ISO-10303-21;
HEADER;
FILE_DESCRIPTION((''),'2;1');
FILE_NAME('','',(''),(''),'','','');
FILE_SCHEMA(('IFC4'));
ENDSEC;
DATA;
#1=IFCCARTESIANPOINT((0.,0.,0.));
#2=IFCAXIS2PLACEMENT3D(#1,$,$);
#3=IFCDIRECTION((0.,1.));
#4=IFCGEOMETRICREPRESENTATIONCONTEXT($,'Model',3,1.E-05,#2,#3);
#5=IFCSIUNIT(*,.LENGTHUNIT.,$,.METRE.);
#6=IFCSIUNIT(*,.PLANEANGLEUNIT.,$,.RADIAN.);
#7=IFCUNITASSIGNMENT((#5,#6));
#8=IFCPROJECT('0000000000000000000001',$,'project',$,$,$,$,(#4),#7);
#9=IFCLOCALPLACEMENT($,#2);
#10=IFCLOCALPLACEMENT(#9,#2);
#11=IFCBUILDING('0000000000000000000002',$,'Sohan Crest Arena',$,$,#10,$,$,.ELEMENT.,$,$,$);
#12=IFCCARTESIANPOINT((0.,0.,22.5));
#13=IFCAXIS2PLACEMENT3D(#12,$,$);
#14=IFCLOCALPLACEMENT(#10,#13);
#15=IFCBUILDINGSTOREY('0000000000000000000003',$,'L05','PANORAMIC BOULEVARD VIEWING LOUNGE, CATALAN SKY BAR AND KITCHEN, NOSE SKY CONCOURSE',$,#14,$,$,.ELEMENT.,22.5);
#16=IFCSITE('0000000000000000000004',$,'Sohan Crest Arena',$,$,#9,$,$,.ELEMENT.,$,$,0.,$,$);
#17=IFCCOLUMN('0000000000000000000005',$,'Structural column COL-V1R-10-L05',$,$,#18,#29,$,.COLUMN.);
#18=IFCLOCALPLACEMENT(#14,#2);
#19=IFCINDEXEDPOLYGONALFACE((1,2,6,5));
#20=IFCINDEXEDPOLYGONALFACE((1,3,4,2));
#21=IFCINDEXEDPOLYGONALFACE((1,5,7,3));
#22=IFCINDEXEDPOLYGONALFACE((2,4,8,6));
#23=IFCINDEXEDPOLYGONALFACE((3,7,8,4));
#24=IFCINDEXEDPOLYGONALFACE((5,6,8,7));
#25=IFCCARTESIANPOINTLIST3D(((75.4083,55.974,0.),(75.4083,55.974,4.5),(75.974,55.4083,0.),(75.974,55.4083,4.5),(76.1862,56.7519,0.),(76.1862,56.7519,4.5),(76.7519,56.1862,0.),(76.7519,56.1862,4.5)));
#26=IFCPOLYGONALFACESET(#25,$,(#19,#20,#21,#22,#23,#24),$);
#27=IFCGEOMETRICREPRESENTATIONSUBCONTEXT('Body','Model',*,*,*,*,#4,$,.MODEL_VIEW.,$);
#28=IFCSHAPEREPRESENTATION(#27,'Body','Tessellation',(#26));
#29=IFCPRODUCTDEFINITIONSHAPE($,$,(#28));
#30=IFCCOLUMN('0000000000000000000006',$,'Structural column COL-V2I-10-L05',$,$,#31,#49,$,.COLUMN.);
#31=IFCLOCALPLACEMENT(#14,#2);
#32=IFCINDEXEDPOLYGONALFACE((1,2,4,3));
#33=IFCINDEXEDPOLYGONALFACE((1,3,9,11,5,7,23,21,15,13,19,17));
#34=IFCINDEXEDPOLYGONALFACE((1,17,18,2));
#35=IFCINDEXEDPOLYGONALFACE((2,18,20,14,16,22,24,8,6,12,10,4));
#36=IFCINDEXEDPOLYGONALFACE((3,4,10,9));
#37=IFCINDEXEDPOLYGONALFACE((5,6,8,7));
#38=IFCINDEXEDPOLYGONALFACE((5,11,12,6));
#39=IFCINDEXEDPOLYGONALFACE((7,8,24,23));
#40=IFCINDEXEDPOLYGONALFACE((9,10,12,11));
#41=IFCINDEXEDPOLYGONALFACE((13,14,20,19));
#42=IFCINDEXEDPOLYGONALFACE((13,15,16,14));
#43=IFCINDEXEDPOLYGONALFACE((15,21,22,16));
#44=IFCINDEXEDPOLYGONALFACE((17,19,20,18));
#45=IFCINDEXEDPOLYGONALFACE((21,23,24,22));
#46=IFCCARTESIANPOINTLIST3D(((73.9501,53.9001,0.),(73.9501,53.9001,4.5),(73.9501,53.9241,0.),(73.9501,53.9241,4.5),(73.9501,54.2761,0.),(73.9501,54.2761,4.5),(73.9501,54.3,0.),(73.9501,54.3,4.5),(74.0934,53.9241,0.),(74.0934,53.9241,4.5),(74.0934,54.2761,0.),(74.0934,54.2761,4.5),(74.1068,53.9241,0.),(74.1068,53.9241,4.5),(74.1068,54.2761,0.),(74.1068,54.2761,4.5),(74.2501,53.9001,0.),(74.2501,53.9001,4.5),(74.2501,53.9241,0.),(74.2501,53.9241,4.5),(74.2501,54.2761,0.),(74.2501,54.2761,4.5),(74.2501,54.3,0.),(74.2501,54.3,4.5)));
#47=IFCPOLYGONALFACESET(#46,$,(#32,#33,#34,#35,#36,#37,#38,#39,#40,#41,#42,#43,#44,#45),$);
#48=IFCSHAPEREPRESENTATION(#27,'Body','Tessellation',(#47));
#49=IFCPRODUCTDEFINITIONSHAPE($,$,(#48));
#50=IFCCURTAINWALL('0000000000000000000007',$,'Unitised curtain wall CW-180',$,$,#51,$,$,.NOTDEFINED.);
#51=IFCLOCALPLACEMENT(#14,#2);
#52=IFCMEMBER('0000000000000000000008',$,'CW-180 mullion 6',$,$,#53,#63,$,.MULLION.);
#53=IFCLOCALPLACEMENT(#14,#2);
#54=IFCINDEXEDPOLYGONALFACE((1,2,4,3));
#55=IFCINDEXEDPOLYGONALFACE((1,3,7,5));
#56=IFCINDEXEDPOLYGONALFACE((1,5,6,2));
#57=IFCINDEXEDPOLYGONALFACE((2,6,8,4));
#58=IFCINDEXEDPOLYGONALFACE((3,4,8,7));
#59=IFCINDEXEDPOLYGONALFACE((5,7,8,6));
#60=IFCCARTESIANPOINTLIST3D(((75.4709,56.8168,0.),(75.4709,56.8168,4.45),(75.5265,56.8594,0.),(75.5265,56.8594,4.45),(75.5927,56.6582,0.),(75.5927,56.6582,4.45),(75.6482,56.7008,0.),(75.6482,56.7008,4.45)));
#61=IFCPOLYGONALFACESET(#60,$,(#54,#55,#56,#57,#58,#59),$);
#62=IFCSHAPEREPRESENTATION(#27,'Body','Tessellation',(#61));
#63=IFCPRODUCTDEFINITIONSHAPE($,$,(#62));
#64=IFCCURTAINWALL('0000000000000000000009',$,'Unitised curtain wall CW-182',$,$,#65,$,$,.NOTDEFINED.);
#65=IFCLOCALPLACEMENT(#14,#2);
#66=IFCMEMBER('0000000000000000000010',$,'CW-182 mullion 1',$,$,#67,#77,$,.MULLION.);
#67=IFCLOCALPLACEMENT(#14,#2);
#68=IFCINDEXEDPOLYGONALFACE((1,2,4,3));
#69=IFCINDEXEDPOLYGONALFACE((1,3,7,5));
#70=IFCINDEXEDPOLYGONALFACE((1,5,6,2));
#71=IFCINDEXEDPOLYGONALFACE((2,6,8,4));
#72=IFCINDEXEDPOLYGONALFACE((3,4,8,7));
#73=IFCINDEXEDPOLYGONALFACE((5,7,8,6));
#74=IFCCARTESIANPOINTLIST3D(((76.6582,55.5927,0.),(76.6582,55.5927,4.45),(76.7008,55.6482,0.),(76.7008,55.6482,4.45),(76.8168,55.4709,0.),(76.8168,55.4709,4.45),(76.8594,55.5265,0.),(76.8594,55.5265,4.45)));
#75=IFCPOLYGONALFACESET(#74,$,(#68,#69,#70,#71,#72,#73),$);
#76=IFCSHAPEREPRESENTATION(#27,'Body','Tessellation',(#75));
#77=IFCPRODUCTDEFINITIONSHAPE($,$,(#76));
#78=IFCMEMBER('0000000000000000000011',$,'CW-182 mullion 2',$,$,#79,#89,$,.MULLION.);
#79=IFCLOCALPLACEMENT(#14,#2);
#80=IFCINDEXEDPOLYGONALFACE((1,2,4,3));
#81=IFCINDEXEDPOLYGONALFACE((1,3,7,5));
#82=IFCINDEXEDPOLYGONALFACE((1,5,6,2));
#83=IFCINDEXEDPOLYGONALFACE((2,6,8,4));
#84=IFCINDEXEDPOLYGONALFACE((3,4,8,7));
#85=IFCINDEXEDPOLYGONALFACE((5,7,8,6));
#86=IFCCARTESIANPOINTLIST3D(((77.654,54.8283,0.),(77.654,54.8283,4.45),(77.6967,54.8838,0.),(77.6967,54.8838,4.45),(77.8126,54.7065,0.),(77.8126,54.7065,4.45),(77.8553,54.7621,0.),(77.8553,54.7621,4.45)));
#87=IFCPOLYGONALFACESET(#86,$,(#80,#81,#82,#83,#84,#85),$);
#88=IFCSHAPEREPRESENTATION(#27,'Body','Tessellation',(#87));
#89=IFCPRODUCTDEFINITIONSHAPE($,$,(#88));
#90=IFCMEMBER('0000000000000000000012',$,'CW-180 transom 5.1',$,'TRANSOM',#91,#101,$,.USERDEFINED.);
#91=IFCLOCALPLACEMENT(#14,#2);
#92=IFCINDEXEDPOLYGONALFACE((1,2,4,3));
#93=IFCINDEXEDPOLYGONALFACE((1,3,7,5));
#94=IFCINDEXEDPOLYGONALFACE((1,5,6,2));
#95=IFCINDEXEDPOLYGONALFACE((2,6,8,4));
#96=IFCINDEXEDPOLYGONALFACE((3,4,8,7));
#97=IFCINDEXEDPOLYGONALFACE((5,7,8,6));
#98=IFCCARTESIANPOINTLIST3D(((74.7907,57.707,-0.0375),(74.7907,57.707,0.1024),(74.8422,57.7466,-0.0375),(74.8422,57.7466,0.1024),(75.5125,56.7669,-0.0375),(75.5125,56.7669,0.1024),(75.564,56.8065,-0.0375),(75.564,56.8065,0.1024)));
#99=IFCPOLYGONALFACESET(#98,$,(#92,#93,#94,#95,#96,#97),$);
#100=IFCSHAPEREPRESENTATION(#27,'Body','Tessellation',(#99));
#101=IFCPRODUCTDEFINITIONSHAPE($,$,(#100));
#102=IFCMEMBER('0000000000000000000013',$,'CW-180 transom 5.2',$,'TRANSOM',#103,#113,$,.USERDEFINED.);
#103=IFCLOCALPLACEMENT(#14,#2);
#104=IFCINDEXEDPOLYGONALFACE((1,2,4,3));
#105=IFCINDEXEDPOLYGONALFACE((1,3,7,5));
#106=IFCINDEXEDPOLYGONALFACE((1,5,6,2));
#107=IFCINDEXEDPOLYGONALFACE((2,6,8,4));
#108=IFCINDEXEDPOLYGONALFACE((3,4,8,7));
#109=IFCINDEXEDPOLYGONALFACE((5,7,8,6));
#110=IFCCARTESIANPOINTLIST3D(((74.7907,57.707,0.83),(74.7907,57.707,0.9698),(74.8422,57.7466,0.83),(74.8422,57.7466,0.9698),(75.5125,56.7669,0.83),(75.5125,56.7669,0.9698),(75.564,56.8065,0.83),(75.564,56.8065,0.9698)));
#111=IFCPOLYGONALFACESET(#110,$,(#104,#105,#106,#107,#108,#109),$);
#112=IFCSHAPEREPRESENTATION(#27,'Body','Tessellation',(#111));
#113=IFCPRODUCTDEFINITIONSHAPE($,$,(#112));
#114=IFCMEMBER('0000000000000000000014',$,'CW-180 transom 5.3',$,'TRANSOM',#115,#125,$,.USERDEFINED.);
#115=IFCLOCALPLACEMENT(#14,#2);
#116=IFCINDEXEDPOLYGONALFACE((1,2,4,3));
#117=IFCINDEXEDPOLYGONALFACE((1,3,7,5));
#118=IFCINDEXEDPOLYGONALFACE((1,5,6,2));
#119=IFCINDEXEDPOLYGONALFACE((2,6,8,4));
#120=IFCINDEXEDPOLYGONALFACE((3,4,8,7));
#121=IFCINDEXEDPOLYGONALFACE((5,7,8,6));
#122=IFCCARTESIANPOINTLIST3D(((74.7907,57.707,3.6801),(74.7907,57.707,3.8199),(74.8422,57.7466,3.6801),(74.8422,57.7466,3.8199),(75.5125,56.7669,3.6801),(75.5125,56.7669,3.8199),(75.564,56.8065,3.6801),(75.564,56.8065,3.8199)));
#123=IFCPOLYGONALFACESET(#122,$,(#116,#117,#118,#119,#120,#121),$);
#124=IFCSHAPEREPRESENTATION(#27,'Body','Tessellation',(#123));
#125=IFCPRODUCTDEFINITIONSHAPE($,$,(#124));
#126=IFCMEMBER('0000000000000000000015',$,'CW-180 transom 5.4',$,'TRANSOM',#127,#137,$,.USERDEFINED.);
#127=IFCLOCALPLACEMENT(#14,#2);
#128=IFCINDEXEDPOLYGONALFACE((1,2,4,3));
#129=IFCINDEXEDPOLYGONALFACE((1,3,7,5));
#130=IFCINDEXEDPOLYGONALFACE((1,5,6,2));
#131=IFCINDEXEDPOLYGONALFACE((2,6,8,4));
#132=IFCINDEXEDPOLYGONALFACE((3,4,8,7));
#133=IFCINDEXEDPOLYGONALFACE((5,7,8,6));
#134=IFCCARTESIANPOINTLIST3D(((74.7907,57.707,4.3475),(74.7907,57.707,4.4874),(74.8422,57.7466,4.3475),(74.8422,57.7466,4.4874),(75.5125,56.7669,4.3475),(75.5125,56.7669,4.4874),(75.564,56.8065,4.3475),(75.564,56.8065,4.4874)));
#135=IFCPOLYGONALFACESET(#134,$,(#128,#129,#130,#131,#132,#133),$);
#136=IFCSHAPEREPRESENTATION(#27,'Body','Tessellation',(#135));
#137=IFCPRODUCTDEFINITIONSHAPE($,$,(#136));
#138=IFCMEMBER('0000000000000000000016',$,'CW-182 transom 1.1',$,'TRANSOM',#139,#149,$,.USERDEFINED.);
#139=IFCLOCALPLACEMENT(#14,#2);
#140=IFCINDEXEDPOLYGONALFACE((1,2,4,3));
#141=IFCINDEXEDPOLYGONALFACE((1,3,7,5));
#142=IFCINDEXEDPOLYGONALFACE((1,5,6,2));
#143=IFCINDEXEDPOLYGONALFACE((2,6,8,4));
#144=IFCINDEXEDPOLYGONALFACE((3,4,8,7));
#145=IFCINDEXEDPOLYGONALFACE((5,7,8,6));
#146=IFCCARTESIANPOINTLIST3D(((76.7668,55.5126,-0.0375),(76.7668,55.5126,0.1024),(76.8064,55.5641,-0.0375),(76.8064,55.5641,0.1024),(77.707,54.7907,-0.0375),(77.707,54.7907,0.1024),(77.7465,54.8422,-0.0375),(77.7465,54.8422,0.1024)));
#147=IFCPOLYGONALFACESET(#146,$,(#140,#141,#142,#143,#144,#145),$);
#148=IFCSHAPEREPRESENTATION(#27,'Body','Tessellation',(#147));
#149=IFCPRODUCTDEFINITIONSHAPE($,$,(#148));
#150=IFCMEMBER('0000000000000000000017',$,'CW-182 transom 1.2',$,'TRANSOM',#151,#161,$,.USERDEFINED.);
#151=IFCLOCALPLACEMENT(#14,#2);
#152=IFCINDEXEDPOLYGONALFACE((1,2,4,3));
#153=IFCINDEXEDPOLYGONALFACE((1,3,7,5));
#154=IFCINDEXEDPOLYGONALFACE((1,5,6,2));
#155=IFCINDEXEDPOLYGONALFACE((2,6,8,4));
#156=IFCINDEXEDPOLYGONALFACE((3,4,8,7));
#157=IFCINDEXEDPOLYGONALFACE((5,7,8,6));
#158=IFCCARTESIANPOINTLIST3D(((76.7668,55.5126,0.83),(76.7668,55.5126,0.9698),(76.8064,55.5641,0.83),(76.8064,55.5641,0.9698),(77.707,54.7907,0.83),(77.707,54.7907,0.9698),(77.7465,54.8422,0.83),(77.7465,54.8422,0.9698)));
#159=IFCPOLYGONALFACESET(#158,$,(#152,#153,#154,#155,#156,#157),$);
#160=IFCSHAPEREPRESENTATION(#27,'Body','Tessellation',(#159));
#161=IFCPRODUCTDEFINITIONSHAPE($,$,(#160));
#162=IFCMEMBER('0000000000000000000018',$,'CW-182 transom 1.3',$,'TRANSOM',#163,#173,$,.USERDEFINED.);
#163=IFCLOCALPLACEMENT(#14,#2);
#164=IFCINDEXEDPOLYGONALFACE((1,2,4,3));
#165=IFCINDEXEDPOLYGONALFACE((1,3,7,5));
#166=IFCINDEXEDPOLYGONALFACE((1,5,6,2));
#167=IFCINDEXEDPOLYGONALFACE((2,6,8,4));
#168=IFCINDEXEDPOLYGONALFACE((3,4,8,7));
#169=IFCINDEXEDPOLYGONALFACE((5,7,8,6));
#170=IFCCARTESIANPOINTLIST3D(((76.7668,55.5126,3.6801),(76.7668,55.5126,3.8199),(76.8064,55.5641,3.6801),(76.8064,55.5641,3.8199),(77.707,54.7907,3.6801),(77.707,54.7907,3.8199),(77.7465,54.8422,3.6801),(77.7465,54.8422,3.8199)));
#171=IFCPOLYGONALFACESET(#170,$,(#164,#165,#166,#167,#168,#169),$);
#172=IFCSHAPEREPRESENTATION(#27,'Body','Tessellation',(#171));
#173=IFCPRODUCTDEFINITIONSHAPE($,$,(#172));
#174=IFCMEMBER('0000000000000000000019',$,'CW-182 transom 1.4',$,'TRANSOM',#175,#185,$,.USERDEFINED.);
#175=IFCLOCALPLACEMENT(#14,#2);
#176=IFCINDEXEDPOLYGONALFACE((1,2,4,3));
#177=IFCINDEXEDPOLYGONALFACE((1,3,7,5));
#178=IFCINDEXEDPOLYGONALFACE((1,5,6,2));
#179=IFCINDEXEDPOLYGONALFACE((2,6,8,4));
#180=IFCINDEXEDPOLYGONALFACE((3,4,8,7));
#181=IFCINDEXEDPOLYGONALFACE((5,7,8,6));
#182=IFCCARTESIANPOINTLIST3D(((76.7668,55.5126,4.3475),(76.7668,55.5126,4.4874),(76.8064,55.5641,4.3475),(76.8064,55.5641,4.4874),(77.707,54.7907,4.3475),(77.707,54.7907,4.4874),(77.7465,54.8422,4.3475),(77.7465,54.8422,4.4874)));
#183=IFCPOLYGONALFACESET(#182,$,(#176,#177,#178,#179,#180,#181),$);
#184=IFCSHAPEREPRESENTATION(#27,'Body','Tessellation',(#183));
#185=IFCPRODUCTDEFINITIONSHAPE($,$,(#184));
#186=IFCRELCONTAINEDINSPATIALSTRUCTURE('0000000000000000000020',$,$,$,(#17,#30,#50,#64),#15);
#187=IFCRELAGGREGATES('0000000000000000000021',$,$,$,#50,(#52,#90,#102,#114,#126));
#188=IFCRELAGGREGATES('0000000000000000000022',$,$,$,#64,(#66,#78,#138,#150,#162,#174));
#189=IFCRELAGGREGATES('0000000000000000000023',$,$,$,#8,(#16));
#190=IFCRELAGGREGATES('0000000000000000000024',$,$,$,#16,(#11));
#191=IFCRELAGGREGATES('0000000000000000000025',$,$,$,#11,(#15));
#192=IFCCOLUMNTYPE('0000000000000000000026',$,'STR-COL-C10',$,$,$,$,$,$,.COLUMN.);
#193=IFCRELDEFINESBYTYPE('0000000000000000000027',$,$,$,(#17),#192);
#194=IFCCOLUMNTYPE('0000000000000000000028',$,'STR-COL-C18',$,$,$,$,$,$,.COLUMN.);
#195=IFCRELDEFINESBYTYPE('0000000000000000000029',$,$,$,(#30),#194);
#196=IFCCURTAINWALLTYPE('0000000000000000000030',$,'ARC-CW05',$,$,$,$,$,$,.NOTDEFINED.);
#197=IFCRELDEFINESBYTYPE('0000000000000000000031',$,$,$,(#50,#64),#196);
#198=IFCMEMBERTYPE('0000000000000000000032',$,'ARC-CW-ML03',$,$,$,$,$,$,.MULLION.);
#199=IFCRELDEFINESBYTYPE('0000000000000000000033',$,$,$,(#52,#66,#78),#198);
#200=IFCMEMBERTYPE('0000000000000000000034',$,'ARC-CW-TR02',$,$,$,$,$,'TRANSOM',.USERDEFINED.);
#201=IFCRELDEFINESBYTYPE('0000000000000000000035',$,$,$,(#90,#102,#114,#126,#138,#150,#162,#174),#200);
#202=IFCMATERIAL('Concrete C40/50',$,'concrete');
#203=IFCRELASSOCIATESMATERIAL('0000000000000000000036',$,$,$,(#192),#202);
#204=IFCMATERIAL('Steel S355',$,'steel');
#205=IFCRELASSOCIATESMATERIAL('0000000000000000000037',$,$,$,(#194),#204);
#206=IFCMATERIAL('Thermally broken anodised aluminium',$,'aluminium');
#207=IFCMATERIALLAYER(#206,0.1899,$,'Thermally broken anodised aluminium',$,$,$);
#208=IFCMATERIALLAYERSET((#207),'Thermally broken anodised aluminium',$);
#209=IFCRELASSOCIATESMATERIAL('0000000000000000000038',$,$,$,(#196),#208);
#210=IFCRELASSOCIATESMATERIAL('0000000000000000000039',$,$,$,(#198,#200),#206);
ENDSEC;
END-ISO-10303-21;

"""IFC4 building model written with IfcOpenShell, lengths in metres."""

from ifc_helpers import new_model, si_unit, direction, frame, origin, origin_2d, place, context, subcontext, project, spatial, rectangle, i_section, extrude, material, layer, layer_set, material_profile, profile_set, type_object, element, aggregate, save


model = new_model("IFC4")

# Units and contexts
model_context = context("Model", 3, precision=1e-05, world=origin(), true_north=direction((0.0, 1.0)))
body_context = subcontext(model_context, "Body", "Model", "MODEL_VIEW")
ifc_project = project(units=[si_unit("LENGTHUNIT", "METRE"), si_unit("PLANEANGLEUNIT", "RADIAN")], contexts=[model_context])

# Site, building, storey
site_placement = place(None, origin())
site = spatial("IfcSite", under=ifc_project, at=site_placement, Name="Sohan Crest Arena", CompositionType="ELEMENT", RefElevation=0.0)
building_placement = place(site_placement, origin())
building = spatial("IfcBuilding", under=site, at=building_placement, Name="Sohan Crest Arena", CompositionType="ELEMENT")
storey_placement = place(building_placement, frame((0.0, 0.0, 22.5)))
storey = spatial("IfcBuildingStorey", under=building, at=storey_placement, Name="L05", Description="PANORAMIC BOULEVARD VIEWING LOUNGE, CATALAN SKY BAR AND KITCHEN, NOSE SKY CONCOURSE", CompositionType="ELEMENT", Elevation=22.5)

# Columns
ifc_material_1 = material(Name="Concrete C40/50", Category="concrete")
ifc_material_profile_1 = material_profile(ifc_material_1, rectangle(XDim=1.1001, YDim=0.8, at=origin_2d()), Name="RC 1100x800")
ifc_profile_set_1 = profile_set([ifc_material_profile_1], Name="Concrete C40/50")
column_type_1 = type_object("IfcColumnType", Name="STR-COL-C10", PredefinedType="COLUMN", material=ifc_profile_set_1)
column_1_placement = place(storey_placement, frame((76.0801, 56.0801, 0.0), z_axis=(0.0, 0.0, 1.0), x_axis=(0.707107, 0.707107, 0.0)))
element("IfcColumn", 1, at=column_1_placement, inside=storey, type_object=column_type_1, Name="Structural column COL-V1R-10-L05", PredefinedType="COLUMN", context=body_context, shape_type="SweptSolid", body=[
    extrude(rectangle(XDim=1.1001, YDim=0.8, at=origin_2d()), origin(), (0.0, 0.0, 1.0), 4.5),
])
ifc_material_2 = material(Name="Steel S355", Category="steel")
ifc_material_profile_2 = material_profile(ifc_material_2, i_section(OverallWidth=0.3, OverallDepth=0.3999, WebThickness=0.0134, FlangeThickness=0.0239, at=origin_2d()), Name="HEB 400")
ifc_profile_set_2 = profile_set([ifc_material_profile_2], Name="Steel S355")
column_type_2 = type_object("IfcColumnType", Name="STR-COL-C18", PredefinedType="COLUMN", material=ifc_profile_set_2)
column_2_placement = place(storey_placement, frame((74.1001, 54.1001, 0.0), z_axis=(0.0, 0.0, 1.0), x_axis=(1.0, 0.0, 0.0)))
element("IfcColumn", 2, at=column_2_placement, inside=storey, type_object=column_type_2, Name="Structural column COL-V2I-10-L05", PredefinedType="COLUMN", context=body_context, shape_type="SweptSolid", body=[
    extrude(i_section(OverallWidth=0.3, OverallDepth=0.3999, WebThickness=0.0134, FlangeThickness=0.0239, at=origin_2d()), origin(), (0.0, 0.0, 1.0), 4.5),
])

# Curtain wall, member
ifc_material_3 = material(Name="Thermally broken anodised aluminium", Category="aluminium")
ifc_layer_1 = layer(ifc_material_3, 0.1899, Name="Thermally broken anodised aluminium")
ifc_layer_set_1 = layer_set([ifc_layer_1], Name="Thermally broken anodised aluminium")
curtain_wall_type = type_object("IfcCurtainWallType", Name="ARC-CW05", PredefinedType="NOTDEFINED", material=ifc_layer_set_1)
curtain_wall_1_placement = place(storey_placement, origin())
curtain_wall_1 = element("IfcCurtainWall", 3, at=curtain_wall_1_placement, inside=storey, type_object=curtain_wall_type, Name="Unitised curtain wall CW-180", PredefinedType="NOTDEFINED")
ifc_material_profile_3 = material_profile(ifc_material_3, rectangle(XDim=0.0701, YDim=0.2, at=origin_2d()), Name="ALU-MULL 70x200")
ifc_profile_set_3 = profile_set([ifc_material_profile_3], Name="Thermally broken anodised aluminium")
member_type_1 = type_object("IfcMemberType", Name="ARC-CW-ML03", PredefinedType="MULLION", material=ifc_profile_set_3)
member_1_placement = place(storey_placement, frame((75.5596, 56.7588, 0.0), z_axis=(0.0, 0.0, 1.0), x_axis=(0.793217, 0.608939, 0.0)))
member_1 = element("IfcMember", 4, at=member_1_placement, type_object=member_type_1, Name="CW-180 mullion 6", PredefinedType="MULLION", context=body_context, shape_type="SweptSolid", body=[
    extrude(rectangle(XDim=0.0701, YDim=0.2, at=origin_2d()), origin(), (0.0, 0.0, 1.0), 4.45),
])

# Curtain wall, members
curtain_wall_2_placement = place(storey_placement, origin())
curtain_wall_2 = element("IfcCurtainWall", 5, at=curtain_wall_2_placement, inside=storey, type_object=curtain_wall_type, Name="Unitised curtain wall CW-182", PredefinedType="NOTDEFINED")
member_2_placement = place(storey_placement, frame((76.7588, 55.5596, 0.0), z_axis=(0.0, 0.0, 1.0), x_axis=(0.608939, 0.793217, 0.0)))
member_2 = element("IfcMember", 6, at=member_2_placement, type_object=member_type_1, Name="CW-182 mullion 1", PredefinedType="MULLION", context=body_context, shape_type="SweptSolid", body=[
    extrude(rectangle(XDim=0.0701, YDim=0.2, at=origin_2d()), origin(), (0.0, 0.0, 1.0), 4.45),
])
member_3_placement = place(storey_placement, frame((77.7546, 54.7952, 0.0), z_axis=(0.0, 0.0, 1.0), x_axis=(0.608939, 0.793217, 0.0)))
member_3 = element("IfcMember", 7, at=member_3_placement, type_object=member_type_1, Name="CW-182 mullion 2", PredefinedType="MULLION", context=body_context, shape_type="SweptSolid", body=[
    extrude(rectangle(XDim=0.0701, YDim=0.2, at=origin_2d()), origin(), (0.0, 0.0, 1.0), 4.45),
])

# Members
ifc_material_profile_4 = material_profile(ifc_material_3, rectangle(XDim=0.0649, YDim=0.1399, at=origin_2d()), Name="ALU-TRAN 65x140")
ifc_profile_set_4 = profile_set([ifc_material_profile_4], Name="Thermally broken anodised aluminium")
member_type_2 = type_object("IfcMemberType", Name="ARC-CW-TR02", ElementType="TRANSOM", PredefinedType="USERDEFINED", material=ifc_profile_set_4)
member_4_placement = place(storey_placement, frame((74.8164, 57.7268, 0.0325), z_axis=(0.609024, -0.793152, 0.0), x_axis=(0.793152, 0.609024, 0.0)))
member_4 = element("IfcMember", 8, at=member_4_placement, type_object=member_type_2, Name="CW-180 transom 5.1", ObjectType="TRANSOM", PredefinedType="USERDEFINED", context=body_context, shape_type="SweptSolid", body=[
    extrude(rectangle(XDim=0.0649, YDim=0.1399, at=origin_2d()), origin(), (0.0, 0.0, 1.0), 1.1853),
])
member_5_placement = place(storey_placement, frame((74.8164, 57.7268, 0.8999), z_axis=(0.609024, -0.793152, 0.0), x_axis=(0.793152, 0.609024, 0.0)))
member_5 = element("IfcMember", 9, at=member_5_placement, type_object=member_type_2, Name="CW-180 transom 5.2", ObjectType="TRANSOM", PredefinedType="USERDEFINED", context=body_context, shape_type="SweptSolid", body=[
    extrude(rectangle(XDim=0.0649, YDim=0.1399, at=origin_2d()), origin(), (0.0, 0.0, 1.0), 1.1853),
])
member_6_placement = place(storey_placement, frame((74.8164, 57.7268, 3.75), z_axis=(0.609024, -0.793152, 0.0), x_axis=(0.793152, 0.609024, 0.0)))
member_6 = element("IfcMember", 10, at=member_6_placement, type_object=member_type_2, Name="CW-180 transom 5.3", ObjectType="TRANSOM", PredefinedType="USERDEFINED", context=body_context, shape_type="SweptSolid", body=[
    extrude(rectangle(XDim=0.0649, YDim=0.1399, at=origin_2d()), origin(), (0.0, 0.0, 1.0), 1.1853),
])
member_7_placement = place(storey_placement, frame((74.8164, 57.7268, 4.4175), z_axis=(0.609024, -0.793152, 0.0), x_axis=(0.793152, 0.609024, 0.0)))
member_7 = element("IfcMember", 11, at=member_7_placement, type_object=member_type_2, Name="CW-180 transom 5.4", ObjectType="TRANSOM", PredefinedType="USERDEFINED", context=body_context, shape_type="SweptSolid", body=[
    extrude(rectangle(XDim=0.0649, YDim=0.1399, at=origin_2d()), origin(), (0.0, 0.0, 1.0), 1.1853),
])
member_8_placement = place(storey_placement, frame((76.7866, 55.5383, 0.0325), z_axis=(0.793152, -0.609024, 0.0), x_axis=(0.609024, 0.793152, 0.0)))
member_8 = element("IfcMember", 12, at=member_8_placement, type_object=member_type_2, Name="CW-182 transom 1.1", ObjectType="TRANSOM", PredefinedType="USERDEFINED", context=body_context, shape_type="SweptSolid", body=[
    extrude(rectangle(XDim=0.0649, YDim=0.1399, at=origin_2d()), origin(), (0.0, 0.0, 1.0), 1.1853),
])
member_9_placement = place(storey_placement, frame((76.7866, 55.5383, 0.8999), z_axis=(0.793152, -0.609024, 0.0), x_axis=(0.609024, 0.793152, 0.0)))
member_9 = element("IfcMember", 13, at=member_9_placement, type_object=member_type_2, Name="CW-182 transom 1.2", ObjectType="TRANSOM", PredefinedType="USERDEFINED", context=body_context, shape_type="SweptSolid", body=[
    extrude(rectangle(XDim=0.0649, YDim=0.1399, at=origin_2d()), origin(), (0.0, 0.0, 1.0), 1.1853),
])
member_10_placement = place(storey_placement, frame((76.7866, 55.5383, 3.75), z_axis=(0.793152, -0.609024, 0.0), x_axis=(0.609024, 0.793152, 0.0)))
member_10 = element("IfcMember", 14, at=member_10_placement, type_object=member_type_2, Name="CW-182 transom 1.3", ObjectType="TRANSOM", PredefinedType="USERDEFINED", context=body_context, shape_type="SweptSolid", body=[
    extrude(rectangle(XDim=0.0649, YDim=0.1399, at=origin_2d()), origin(), (0.0, 0.0, 1.0), 1.1853),
])
member_11_placement = place(storey_placement, frame((76.7866, 55.5383, 4.4175), z_axis=(0.793152, -0.609024, 0.0), x_axis=(0.609024, 0.793152, 0.0)))
member_11 = element("IfcMember", 15, at=member_11_placement, type_object=member_type_2, Name="CW-182 transom 1.4", ObjectType="TRANSOM", PredefinedType="USERDEFINED", context=body_context, shape_type="SweptSolid", body=[
    extrude(rectangle(XDim=0.0649, YDim=0.1399, at=origin_2d()), origin(), (0.0, 0.0, 1.0), 1.1853),
])

aggregate(curtain_wall_1, [member_1, member_4, member_5, member_6, member_7])
aggregate(curtain_wall_2, [member_2, member_3, member_8, member_9, member_10, member_11])

save(model, "model.ifc")
